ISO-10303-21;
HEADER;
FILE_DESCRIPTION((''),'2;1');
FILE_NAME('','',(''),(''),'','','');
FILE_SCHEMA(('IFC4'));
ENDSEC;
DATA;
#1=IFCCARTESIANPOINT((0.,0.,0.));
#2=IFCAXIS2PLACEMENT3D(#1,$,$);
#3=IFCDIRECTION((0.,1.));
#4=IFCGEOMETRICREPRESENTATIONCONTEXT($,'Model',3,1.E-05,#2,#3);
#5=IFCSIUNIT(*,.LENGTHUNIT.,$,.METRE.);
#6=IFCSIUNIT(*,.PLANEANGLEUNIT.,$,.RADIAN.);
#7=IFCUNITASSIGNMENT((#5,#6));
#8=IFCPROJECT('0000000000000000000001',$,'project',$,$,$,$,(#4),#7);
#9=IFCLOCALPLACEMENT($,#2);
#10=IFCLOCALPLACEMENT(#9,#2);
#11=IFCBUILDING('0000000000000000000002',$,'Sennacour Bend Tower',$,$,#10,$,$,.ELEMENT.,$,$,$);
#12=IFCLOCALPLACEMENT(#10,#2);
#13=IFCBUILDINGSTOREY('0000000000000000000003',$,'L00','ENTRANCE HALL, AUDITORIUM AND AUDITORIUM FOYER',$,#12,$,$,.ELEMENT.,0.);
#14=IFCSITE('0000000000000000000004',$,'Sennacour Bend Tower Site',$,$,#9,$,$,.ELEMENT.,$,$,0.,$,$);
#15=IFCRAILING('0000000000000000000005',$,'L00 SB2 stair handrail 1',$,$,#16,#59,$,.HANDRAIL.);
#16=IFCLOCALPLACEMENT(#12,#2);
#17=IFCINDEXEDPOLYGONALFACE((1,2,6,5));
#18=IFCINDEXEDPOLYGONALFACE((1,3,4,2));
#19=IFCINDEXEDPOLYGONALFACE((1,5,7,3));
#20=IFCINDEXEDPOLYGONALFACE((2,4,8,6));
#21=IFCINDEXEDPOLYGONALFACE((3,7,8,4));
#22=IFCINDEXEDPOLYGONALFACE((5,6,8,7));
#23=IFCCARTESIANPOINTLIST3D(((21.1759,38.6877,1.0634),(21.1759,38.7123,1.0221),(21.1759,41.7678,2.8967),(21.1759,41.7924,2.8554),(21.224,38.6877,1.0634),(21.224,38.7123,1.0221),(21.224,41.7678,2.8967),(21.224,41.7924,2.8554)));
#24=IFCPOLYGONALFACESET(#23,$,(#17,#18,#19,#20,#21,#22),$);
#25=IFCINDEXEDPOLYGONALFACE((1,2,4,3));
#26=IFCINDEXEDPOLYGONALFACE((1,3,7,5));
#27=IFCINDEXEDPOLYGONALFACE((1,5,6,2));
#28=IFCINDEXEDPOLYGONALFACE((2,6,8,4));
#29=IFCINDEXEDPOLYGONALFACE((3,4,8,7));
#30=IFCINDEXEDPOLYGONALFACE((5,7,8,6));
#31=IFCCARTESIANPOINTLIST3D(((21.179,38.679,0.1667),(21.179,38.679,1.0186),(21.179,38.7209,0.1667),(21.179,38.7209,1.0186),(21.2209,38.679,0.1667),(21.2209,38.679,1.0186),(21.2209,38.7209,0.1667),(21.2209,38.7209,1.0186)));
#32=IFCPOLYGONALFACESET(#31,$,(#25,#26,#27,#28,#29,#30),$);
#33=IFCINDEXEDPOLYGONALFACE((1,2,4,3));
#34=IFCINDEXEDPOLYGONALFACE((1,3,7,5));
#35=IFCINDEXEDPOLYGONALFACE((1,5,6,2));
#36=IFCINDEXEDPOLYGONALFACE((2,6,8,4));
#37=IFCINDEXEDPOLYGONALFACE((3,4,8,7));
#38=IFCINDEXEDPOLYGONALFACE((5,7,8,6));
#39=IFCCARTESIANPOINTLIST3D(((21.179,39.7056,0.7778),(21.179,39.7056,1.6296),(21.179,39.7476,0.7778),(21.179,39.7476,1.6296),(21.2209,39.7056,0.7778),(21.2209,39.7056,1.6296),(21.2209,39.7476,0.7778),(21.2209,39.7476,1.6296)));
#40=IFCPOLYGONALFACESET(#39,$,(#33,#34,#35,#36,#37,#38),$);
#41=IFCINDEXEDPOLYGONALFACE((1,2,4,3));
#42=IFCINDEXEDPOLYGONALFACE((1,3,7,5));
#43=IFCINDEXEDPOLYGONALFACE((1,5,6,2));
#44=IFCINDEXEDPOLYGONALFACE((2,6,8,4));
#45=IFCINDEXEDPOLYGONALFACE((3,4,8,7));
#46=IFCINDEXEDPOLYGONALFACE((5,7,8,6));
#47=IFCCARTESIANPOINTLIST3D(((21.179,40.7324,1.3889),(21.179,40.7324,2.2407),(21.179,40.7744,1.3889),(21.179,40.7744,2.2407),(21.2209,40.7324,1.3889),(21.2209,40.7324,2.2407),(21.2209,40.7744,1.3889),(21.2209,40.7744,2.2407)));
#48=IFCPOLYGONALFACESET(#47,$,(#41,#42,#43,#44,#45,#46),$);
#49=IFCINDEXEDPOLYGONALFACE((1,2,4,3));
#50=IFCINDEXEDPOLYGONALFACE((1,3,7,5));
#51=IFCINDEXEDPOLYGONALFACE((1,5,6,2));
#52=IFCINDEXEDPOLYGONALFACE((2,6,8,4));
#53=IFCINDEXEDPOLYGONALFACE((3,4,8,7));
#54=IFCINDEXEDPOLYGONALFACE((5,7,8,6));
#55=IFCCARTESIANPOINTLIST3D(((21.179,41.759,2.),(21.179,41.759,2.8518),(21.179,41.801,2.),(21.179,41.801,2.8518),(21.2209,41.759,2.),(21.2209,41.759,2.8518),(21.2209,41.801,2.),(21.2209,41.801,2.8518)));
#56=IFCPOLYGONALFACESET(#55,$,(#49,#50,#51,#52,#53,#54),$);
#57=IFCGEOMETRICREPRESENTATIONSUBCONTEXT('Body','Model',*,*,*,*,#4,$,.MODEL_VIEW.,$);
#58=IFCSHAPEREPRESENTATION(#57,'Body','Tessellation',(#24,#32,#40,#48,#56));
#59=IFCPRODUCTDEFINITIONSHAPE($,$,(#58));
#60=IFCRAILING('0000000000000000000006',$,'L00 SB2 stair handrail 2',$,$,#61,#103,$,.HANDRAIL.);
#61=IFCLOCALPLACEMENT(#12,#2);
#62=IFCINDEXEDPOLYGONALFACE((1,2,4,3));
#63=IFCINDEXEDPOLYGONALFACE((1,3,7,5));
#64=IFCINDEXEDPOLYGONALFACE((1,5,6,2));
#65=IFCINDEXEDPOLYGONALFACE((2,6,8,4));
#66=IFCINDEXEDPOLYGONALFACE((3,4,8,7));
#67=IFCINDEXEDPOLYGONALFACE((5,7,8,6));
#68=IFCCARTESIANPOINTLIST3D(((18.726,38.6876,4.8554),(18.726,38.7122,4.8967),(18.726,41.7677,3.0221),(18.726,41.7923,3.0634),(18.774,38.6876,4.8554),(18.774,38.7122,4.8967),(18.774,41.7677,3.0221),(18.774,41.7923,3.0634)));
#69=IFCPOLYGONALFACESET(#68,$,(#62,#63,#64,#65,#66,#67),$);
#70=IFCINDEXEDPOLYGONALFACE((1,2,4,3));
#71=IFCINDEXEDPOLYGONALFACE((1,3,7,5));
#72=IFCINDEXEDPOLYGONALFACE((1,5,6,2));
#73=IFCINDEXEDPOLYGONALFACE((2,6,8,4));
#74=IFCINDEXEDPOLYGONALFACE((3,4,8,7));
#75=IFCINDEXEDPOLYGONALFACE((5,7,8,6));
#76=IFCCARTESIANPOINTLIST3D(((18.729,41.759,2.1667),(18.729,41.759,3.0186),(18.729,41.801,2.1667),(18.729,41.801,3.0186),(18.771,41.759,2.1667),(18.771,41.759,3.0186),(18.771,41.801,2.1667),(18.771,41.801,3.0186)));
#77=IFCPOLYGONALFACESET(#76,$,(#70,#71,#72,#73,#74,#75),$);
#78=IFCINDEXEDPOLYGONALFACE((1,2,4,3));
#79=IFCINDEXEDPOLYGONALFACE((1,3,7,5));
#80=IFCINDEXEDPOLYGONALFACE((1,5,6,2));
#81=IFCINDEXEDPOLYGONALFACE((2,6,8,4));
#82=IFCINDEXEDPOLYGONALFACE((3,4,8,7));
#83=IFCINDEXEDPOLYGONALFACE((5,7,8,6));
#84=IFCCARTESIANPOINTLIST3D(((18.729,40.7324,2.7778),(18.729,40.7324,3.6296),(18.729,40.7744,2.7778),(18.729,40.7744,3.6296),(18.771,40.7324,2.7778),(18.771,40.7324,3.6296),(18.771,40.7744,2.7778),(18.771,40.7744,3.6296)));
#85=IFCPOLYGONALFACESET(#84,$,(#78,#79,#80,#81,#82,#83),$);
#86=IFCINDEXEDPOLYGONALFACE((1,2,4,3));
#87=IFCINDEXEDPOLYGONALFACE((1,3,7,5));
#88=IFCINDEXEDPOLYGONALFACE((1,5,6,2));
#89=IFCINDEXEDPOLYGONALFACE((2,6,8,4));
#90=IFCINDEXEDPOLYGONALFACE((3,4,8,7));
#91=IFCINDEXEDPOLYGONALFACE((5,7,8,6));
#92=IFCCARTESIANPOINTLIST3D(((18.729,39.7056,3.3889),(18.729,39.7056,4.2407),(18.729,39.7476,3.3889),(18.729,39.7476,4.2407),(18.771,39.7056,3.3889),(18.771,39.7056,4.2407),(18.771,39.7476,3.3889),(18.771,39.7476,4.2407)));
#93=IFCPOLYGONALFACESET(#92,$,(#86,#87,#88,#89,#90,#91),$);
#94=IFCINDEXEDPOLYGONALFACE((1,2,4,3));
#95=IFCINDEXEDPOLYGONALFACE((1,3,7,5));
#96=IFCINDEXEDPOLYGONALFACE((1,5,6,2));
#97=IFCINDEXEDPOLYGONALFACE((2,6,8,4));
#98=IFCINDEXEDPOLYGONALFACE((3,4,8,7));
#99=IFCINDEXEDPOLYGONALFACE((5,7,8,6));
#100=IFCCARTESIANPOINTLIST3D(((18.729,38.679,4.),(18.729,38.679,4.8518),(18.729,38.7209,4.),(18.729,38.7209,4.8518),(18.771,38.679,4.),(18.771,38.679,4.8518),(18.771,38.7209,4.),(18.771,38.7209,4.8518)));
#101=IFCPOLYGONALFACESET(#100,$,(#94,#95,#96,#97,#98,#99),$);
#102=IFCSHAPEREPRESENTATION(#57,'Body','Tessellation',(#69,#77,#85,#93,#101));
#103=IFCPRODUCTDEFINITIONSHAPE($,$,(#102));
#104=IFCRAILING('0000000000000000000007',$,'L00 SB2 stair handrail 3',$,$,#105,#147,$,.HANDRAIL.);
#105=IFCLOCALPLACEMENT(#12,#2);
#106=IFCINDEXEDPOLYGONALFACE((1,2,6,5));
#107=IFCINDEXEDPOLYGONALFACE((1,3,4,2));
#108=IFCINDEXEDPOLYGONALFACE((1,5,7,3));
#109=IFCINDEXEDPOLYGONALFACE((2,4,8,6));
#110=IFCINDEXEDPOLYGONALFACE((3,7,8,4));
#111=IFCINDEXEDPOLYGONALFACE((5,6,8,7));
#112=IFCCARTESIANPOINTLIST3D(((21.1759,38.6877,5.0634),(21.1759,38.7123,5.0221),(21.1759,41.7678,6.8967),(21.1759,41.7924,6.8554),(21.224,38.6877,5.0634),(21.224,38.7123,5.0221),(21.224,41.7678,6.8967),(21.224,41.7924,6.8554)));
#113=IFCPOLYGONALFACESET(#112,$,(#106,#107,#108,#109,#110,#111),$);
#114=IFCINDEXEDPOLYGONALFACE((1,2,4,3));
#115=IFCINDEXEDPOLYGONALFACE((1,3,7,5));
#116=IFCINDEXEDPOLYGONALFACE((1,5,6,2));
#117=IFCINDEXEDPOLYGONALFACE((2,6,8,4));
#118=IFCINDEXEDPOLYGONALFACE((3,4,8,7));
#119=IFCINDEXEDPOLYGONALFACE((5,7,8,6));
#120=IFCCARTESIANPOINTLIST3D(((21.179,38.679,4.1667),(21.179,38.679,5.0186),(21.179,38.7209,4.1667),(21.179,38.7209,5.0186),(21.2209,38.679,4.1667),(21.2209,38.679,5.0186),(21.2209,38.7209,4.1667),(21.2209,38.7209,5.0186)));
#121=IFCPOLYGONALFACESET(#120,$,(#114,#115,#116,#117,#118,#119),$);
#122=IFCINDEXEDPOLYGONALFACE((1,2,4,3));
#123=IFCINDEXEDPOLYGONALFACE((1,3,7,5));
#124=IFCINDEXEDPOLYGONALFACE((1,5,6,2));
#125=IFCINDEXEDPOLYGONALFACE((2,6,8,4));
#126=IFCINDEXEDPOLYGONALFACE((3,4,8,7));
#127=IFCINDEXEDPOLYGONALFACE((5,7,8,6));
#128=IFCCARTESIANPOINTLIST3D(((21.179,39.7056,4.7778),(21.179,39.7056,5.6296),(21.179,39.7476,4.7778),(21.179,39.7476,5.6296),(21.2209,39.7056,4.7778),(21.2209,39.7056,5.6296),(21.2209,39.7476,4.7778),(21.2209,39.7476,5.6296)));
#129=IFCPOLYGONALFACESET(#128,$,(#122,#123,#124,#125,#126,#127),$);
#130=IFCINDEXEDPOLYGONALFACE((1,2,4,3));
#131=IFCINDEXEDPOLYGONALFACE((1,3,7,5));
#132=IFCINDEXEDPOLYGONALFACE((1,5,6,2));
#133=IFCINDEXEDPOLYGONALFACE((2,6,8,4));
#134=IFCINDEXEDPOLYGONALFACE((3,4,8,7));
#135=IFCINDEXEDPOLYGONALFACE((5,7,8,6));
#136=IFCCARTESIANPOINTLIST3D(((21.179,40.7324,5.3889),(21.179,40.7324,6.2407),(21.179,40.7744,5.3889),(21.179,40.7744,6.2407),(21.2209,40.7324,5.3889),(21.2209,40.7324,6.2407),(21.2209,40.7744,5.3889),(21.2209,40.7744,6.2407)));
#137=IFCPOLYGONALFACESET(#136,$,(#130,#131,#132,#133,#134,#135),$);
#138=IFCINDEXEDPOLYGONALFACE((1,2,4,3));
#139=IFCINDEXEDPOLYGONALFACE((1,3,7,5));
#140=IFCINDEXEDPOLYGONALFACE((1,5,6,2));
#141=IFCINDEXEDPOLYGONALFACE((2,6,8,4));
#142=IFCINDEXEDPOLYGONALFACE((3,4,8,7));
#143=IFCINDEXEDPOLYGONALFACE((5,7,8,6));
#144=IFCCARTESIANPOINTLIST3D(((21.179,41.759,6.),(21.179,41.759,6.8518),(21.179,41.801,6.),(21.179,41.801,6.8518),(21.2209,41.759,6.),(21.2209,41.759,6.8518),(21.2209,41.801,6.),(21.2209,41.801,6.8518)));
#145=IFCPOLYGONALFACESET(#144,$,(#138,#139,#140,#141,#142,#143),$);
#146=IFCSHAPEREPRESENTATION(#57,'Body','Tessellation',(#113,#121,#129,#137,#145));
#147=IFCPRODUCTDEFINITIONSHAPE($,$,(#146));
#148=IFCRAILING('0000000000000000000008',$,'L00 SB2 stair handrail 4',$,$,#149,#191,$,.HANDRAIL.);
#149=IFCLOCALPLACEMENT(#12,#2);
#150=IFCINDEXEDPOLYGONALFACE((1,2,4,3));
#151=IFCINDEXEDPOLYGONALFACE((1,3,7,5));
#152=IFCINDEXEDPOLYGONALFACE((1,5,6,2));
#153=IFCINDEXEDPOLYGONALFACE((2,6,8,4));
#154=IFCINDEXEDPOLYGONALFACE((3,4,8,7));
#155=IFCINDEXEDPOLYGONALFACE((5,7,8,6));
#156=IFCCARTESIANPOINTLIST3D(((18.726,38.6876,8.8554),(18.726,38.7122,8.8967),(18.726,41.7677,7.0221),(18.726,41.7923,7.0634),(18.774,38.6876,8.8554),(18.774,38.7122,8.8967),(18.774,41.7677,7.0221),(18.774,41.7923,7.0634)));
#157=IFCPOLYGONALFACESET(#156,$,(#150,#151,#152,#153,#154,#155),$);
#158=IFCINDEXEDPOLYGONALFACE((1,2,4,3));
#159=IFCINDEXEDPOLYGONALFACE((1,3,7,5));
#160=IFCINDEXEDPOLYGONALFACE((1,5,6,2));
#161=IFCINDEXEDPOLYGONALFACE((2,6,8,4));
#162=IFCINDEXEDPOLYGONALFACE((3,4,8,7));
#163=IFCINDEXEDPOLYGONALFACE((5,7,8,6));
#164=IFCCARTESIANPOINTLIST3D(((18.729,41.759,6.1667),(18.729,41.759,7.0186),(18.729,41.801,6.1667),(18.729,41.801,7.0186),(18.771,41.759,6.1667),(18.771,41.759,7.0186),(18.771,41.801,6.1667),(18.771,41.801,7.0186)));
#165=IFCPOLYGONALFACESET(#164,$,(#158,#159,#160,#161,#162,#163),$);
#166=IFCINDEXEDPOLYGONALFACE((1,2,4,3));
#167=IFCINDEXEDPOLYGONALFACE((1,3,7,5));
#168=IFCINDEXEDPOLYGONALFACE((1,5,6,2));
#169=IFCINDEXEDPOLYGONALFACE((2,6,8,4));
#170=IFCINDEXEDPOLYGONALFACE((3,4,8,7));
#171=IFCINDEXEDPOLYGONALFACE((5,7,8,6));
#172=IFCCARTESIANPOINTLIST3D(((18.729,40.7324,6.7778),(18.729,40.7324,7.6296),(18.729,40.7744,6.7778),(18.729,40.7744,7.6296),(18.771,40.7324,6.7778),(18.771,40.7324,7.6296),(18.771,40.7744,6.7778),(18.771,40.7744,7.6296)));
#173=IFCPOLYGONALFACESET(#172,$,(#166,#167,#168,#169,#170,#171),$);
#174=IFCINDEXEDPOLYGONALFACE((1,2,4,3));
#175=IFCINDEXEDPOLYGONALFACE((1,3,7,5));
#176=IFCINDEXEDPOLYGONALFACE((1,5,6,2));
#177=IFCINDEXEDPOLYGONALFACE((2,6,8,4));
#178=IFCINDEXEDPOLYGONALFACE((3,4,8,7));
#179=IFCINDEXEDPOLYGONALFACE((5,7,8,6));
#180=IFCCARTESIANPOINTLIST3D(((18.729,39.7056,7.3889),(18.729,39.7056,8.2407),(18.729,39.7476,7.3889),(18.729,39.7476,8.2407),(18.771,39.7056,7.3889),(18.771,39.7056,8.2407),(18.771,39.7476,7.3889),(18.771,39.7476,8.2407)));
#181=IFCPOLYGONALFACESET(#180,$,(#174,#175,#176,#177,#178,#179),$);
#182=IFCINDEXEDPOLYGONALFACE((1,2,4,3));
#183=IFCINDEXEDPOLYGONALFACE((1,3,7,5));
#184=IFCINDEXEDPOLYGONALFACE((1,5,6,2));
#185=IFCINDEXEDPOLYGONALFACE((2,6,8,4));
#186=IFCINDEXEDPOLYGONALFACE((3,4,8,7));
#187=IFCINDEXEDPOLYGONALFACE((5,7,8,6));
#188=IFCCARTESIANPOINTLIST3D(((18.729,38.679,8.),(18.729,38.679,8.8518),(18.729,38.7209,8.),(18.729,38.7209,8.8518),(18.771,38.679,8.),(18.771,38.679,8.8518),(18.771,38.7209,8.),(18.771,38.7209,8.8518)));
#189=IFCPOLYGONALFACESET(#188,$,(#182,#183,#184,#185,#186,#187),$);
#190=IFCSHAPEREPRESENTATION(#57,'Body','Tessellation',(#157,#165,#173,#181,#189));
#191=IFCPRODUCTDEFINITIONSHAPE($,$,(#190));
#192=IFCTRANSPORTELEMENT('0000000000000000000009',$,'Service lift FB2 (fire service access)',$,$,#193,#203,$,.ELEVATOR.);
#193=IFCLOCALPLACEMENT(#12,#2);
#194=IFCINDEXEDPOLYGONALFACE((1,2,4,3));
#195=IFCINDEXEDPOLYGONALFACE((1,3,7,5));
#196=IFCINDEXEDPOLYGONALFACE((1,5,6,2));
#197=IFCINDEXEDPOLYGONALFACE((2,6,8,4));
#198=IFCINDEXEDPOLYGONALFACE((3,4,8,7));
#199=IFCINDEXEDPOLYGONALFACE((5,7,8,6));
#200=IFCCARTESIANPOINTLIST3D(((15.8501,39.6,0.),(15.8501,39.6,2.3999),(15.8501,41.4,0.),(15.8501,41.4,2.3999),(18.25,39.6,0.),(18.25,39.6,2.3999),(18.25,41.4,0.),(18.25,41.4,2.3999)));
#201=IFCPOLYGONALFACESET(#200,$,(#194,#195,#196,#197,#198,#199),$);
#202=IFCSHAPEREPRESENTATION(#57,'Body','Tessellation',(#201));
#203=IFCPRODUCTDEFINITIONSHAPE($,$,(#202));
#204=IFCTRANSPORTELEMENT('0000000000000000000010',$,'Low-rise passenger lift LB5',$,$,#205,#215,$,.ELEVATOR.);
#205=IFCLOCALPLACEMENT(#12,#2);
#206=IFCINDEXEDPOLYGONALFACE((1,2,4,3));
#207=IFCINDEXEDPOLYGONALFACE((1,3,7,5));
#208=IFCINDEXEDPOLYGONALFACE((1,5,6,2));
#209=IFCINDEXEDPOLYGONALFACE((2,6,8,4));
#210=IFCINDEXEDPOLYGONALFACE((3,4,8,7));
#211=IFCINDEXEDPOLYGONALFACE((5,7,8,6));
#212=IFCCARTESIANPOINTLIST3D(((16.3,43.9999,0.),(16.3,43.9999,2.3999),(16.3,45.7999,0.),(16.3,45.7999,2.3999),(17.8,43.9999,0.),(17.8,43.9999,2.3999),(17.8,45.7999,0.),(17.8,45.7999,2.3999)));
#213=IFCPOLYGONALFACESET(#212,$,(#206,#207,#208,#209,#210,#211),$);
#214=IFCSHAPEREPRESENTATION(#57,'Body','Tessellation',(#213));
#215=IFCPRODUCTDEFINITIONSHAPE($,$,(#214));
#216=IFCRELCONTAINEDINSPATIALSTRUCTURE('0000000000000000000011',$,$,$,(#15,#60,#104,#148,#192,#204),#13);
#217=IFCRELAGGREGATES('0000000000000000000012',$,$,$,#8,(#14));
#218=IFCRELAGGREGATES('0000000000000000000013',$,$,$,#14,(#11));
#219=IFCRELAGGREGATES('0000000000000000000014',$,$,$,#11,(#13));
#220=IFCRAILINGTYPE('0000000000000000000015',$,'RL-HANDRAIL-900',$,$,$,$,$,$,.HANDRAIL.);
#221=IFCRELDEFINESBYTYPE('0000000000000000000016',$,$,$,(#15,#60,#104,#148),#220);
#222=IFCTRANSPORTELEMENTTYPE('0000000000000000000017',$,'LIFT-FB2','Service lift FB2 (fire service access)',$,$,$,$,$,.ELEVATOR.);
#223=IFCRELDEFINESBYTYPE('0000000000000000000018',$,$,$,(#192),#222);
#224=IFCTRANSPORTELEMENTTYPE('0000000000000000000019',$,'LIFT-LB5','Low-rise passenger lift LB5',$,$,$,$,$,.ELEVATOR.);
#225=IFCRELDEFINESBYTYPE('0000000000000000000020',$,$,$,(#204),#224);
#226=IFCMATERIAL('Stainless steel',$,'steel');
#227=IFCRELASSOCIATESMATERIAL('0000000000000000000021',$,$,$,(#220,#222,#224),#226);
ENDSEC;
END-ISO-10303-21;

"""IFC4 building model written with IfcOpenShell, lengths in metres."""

from ifc_helpers import new_model, si_unit, direction, frame, origin, origin_2d, place, context, subcontext, project, spatial, rectangle, extrude, material, type_object, element, save


model = new_model("IFC4")

# Units and contexts
model_context = context("Model", 3, precision=1e-05, world=origin(), true_north=direction((0.0, 1.0)))
body_context = subcontext(model_context, "Body", "Model", "MODEL_VIEW")
ifc_project = project(units=[si_unit("LENGTHUNIT", "METRE"), si_unit("PLANEANGLEUNIT", "RADIAN")], contexts=[model_context])

# Site, building, storey
site_placement = place(None, origin())
site = spatial("IfcSite", under=ifc_project, at=site_placement, Name="Sennacour Bend Tower Site", CompositionType="ELEMENT", RefElevation=0.0)
building_placement = place(site_placement, origin())
building = spatial("IfcBuilding", under=site, at=building_placement, Name="Sennacour Bend Tower", CompositionType="ELEMENT")
storey_placement = place(building_placement, origin())
storey = spatial("IfcBuildingStorey", under=building, at=storey_placement, Name="L00", Description="ENTRANCE HALL, AUDITORIUM AND AUDITORIUM FOYER", CompositionType="ELEMENT", Elevation=0.0)

# Railings
ifc_material_1 = material(Name="Stainless steel", Category="steel")
railing_type_1 = type_object("IfcRailingType", Name="RL-HANDRAIL-900", PredefinedType="HANDRAIL", material=ifc_material_1)
railing_1_placement = place(storey_placement, frame((21.2, 38.7, 0.1667)))
element("IfcRailing", 1, at=railing_1_placement, inside=storey, type_object=railing_type_1, Name="L00 SB2 stair handrail 1", PredefinedType="HANDRAIL", context=body_context, shape_type="SweptSolid", body=[
    extrude(rectangle(XDim=0.0481, YDim=0.0481, at=origin_2d()), frame((0.0, 0.0, 0.876), z_axis=(0.0, 0.859309, 0.511458), x_axis=(-1.0, 0.0, 0.0)), (0.0, 0.0, 1.0), 3.5845),
    extrude(rectangle(XDim=0.042, YDim=0.042, at=origin_2d()), origin(), (0.0, 0.0, 1.0), 0.8518),
    extrude(rectangle(XDim=0.042, YDim=0.042, at=origin_2d()), frame((0.0, 1.0266, 0.6111)), (0.0, 0.0, 1.0), 0.8518),
    extrude(rectangle(XDim=0.042, YDim=0.042, at=origin_2d()), frame((0.0, 2.0535, 1.2222)), (0.0, 0.0, 1.0), 0.8518),
    extrude(rectangle(XDim=0.042, YDim=0.042, at=origin_2d()), frame((0.0, 3.0801, 1.8333)), (0.0, 0.0, 1.0), 0.8518),
])
railing_2_placement = place(storey_placement, frame((18.75, 41.78, 2.1667)))
element("IfcRailing", 2, at=railing_2_placement, inside=storey, type_object=railing_type_1, Name="L00 SB2 stair handrail 2", PredefinedType="HANDRAIL", context=body_context, shape_type="SweptSolid", body=[
    extrude(rectangle(XDim=0.0481, YDim=0.0481, at=origin_2d()), frame((0.0, 0.0, 0.876), z_axis=(0.0, -0.859309, 0.511458), x_axis=(1.0, 0.0, 0.0)), (0.0, 0.0, 1.0), 3.5845),
    extrude(rectangle(XDim=0.042, YDim=0.042, at=origin_2d()), origin(), (0.0, 0.0, 1.0), 0.8518),
    extrude(rectangle(XDim=0.042, YDim=0.042, at=origin_2d()), frame((0.0, -1.0266, 0.6111)), (0.0, 0.0, 1.0), 0.8518),
    extrude(rectangle(XDim=0.042, YDim=0.042, at=origin_2d()), frame((0.0, -2.0535, 1.2222)), (0.0, 0.0, 1.0), 0.8518),
    extrude(rectangle(XDim=0.042, YDim=0.042, at=origin_2d()), frame((0.0, -3.0801, 1.8333)), (0.0, 0.0, 1.0), 0.8518),
])
railing_3_placement = place(storey_placement, frame((21.2, 38.7, 4.1667)))
element("IfcRailing", 3, at=railing_3_placement, inside=storey, type_object=railing_type_1, Name="L00 SB2 stair handrail 3", PredefinedType="HANDRAIL", context=body_context, shape_type="SweptSolid", body=[
    extrude(rectangle(XDim=0.0481, YDim=0.0481, at=origin_2d()), frame((0.0, 0.0, 0.876), z_axis=(0.0, 0.859309, 0.511458), x_axis=(-1.0, 0.0, 0.0)), (0.0, 0.0, 1.0), 3.5845),
    extrude(rectangle(XDim=0.042, YDim=0.042, at=origin_2d()), origin(), (0.0, 0.0, 1.0), 0.8518),
    extrude(rectangle(XDim=0.042, YDim=0.042, at=origin_2d()), frame((0.0, 1.0266, 0.6111)), (0.0, 0.0, 1.0), 0.8518),
    extrude(rectangle(XDim=0.042, YDim=0.042, at=origin_2d()), frame((0.0, 2.0535, 1.2222)), (0.0, 0.0, 1.0), 0.8518),
    extrude(rectangle(XDim=0.042, YDim=0.042, at=origin_2d()), frame((0.0, 3.0801, 1.8333)), (0.0, 0.0, 1.0), 0.8518),
])
railing_4_placement = place(storey_placement, frame((18.75, 41.78, 6.1667)))
element("IfcRailing", 4, at=railing_4_placement, inside=storey, type_object=railing_type_1, Name="L00 SB2 stair handrail 4", PredefinedType="HANDRAIL", context=body_context, shape_type="SweptSolid", body=[
    extrude(rectangle(XDim=0.0481, YDim=0.0481, at=origin_2d()), frame((0.0, 0.0, 0.876), z_axis=(0.0, -0.859309, 0.511458), x_axis=(1.0, 0.0, 0.0)), (0.0, 0.0, 1.0), 3.5845),
    extrude(rectangle(XDim=0.042, YDim=0.042, at=origin_2d()), origin(), (0.0, 0.0, 1.0), 0.8518),
    extrude(rectangle(XDim=0.042, YDim=0.042, at=origin_2d()), frame((0.0, -1.0266, 0.6111)), (0.0, 0.0, 1.0), 0.8518),
    extrude(rectangle(XDim=0.042, YDim=0.042, at=origin_2d()), frame((0.0, -2.0535, 1.2222)), (0.0, 0.0, 1.0), 0.8518),
    extrude(rectangle(XDim=0.042, YDim=0.042, at=origin_2d()), frame((0.0, -3.0801, 1.8333)), (0.0, 0.0, 1.0), 0.8518),
])

# Transport elements
transport_element_type_1 = type_object("IfcTransportElementType", Name="LIFT-FB2", Description="Service lift FB2 (fire service access)", PredefinedType="ELEVATOR", material=ifc_material_1)
transport_element_1_placement = place(storey_placement, frame((17.05, 40.5, 0.0), z_axis=(0.0, 0.0, 1.0), x_axis=(1.0, 0.0, 0.0)))
element("IfcTransportElement", 5, at=transport_element_1_placement, inside=storey, type_object=transport_element_type_1, Name="Service lift FB2 (fire service access)", PredefinedType="ELEVATOR", context=body_context, shape_type="SweptSolid", body=[
    extrude(rectangle(XDim=2.3999, YDim=1.8, at=origin_2d()), origin(), (0.0, 0.0, 1.0), 2.3999),
])
transport_element_type_2 = type_object("IfcTransportElementType", Name="LIFT-LB5", Description="Low-rise passenger lift LB5", PredefinedType="ELEVATOR", material=ifc_material_1)
transport_element_2_placement = place(storey_placement, frame((17.05, 44.8999, 0.0), z_axis=(0.0, 0.0, 1.0), x_axis=(1.0, 0.0, 0.0)))
element("IfcTransportElement", 6, at=transport_element_2_placement, inside=storey, type_object=transport_element_type_2, Name="Low-rise passenger lift LB5", PredefinedType="ELEVATOR", context=body_context, shape_type="SweptSolid", body=[
    extrude(rectangle(XDim=1.5, YDim=1.8, at=origin_2d()), origin(), (0.0, 0.0, 1.0), 2.3999),
])

save(model, "model.ifc")
